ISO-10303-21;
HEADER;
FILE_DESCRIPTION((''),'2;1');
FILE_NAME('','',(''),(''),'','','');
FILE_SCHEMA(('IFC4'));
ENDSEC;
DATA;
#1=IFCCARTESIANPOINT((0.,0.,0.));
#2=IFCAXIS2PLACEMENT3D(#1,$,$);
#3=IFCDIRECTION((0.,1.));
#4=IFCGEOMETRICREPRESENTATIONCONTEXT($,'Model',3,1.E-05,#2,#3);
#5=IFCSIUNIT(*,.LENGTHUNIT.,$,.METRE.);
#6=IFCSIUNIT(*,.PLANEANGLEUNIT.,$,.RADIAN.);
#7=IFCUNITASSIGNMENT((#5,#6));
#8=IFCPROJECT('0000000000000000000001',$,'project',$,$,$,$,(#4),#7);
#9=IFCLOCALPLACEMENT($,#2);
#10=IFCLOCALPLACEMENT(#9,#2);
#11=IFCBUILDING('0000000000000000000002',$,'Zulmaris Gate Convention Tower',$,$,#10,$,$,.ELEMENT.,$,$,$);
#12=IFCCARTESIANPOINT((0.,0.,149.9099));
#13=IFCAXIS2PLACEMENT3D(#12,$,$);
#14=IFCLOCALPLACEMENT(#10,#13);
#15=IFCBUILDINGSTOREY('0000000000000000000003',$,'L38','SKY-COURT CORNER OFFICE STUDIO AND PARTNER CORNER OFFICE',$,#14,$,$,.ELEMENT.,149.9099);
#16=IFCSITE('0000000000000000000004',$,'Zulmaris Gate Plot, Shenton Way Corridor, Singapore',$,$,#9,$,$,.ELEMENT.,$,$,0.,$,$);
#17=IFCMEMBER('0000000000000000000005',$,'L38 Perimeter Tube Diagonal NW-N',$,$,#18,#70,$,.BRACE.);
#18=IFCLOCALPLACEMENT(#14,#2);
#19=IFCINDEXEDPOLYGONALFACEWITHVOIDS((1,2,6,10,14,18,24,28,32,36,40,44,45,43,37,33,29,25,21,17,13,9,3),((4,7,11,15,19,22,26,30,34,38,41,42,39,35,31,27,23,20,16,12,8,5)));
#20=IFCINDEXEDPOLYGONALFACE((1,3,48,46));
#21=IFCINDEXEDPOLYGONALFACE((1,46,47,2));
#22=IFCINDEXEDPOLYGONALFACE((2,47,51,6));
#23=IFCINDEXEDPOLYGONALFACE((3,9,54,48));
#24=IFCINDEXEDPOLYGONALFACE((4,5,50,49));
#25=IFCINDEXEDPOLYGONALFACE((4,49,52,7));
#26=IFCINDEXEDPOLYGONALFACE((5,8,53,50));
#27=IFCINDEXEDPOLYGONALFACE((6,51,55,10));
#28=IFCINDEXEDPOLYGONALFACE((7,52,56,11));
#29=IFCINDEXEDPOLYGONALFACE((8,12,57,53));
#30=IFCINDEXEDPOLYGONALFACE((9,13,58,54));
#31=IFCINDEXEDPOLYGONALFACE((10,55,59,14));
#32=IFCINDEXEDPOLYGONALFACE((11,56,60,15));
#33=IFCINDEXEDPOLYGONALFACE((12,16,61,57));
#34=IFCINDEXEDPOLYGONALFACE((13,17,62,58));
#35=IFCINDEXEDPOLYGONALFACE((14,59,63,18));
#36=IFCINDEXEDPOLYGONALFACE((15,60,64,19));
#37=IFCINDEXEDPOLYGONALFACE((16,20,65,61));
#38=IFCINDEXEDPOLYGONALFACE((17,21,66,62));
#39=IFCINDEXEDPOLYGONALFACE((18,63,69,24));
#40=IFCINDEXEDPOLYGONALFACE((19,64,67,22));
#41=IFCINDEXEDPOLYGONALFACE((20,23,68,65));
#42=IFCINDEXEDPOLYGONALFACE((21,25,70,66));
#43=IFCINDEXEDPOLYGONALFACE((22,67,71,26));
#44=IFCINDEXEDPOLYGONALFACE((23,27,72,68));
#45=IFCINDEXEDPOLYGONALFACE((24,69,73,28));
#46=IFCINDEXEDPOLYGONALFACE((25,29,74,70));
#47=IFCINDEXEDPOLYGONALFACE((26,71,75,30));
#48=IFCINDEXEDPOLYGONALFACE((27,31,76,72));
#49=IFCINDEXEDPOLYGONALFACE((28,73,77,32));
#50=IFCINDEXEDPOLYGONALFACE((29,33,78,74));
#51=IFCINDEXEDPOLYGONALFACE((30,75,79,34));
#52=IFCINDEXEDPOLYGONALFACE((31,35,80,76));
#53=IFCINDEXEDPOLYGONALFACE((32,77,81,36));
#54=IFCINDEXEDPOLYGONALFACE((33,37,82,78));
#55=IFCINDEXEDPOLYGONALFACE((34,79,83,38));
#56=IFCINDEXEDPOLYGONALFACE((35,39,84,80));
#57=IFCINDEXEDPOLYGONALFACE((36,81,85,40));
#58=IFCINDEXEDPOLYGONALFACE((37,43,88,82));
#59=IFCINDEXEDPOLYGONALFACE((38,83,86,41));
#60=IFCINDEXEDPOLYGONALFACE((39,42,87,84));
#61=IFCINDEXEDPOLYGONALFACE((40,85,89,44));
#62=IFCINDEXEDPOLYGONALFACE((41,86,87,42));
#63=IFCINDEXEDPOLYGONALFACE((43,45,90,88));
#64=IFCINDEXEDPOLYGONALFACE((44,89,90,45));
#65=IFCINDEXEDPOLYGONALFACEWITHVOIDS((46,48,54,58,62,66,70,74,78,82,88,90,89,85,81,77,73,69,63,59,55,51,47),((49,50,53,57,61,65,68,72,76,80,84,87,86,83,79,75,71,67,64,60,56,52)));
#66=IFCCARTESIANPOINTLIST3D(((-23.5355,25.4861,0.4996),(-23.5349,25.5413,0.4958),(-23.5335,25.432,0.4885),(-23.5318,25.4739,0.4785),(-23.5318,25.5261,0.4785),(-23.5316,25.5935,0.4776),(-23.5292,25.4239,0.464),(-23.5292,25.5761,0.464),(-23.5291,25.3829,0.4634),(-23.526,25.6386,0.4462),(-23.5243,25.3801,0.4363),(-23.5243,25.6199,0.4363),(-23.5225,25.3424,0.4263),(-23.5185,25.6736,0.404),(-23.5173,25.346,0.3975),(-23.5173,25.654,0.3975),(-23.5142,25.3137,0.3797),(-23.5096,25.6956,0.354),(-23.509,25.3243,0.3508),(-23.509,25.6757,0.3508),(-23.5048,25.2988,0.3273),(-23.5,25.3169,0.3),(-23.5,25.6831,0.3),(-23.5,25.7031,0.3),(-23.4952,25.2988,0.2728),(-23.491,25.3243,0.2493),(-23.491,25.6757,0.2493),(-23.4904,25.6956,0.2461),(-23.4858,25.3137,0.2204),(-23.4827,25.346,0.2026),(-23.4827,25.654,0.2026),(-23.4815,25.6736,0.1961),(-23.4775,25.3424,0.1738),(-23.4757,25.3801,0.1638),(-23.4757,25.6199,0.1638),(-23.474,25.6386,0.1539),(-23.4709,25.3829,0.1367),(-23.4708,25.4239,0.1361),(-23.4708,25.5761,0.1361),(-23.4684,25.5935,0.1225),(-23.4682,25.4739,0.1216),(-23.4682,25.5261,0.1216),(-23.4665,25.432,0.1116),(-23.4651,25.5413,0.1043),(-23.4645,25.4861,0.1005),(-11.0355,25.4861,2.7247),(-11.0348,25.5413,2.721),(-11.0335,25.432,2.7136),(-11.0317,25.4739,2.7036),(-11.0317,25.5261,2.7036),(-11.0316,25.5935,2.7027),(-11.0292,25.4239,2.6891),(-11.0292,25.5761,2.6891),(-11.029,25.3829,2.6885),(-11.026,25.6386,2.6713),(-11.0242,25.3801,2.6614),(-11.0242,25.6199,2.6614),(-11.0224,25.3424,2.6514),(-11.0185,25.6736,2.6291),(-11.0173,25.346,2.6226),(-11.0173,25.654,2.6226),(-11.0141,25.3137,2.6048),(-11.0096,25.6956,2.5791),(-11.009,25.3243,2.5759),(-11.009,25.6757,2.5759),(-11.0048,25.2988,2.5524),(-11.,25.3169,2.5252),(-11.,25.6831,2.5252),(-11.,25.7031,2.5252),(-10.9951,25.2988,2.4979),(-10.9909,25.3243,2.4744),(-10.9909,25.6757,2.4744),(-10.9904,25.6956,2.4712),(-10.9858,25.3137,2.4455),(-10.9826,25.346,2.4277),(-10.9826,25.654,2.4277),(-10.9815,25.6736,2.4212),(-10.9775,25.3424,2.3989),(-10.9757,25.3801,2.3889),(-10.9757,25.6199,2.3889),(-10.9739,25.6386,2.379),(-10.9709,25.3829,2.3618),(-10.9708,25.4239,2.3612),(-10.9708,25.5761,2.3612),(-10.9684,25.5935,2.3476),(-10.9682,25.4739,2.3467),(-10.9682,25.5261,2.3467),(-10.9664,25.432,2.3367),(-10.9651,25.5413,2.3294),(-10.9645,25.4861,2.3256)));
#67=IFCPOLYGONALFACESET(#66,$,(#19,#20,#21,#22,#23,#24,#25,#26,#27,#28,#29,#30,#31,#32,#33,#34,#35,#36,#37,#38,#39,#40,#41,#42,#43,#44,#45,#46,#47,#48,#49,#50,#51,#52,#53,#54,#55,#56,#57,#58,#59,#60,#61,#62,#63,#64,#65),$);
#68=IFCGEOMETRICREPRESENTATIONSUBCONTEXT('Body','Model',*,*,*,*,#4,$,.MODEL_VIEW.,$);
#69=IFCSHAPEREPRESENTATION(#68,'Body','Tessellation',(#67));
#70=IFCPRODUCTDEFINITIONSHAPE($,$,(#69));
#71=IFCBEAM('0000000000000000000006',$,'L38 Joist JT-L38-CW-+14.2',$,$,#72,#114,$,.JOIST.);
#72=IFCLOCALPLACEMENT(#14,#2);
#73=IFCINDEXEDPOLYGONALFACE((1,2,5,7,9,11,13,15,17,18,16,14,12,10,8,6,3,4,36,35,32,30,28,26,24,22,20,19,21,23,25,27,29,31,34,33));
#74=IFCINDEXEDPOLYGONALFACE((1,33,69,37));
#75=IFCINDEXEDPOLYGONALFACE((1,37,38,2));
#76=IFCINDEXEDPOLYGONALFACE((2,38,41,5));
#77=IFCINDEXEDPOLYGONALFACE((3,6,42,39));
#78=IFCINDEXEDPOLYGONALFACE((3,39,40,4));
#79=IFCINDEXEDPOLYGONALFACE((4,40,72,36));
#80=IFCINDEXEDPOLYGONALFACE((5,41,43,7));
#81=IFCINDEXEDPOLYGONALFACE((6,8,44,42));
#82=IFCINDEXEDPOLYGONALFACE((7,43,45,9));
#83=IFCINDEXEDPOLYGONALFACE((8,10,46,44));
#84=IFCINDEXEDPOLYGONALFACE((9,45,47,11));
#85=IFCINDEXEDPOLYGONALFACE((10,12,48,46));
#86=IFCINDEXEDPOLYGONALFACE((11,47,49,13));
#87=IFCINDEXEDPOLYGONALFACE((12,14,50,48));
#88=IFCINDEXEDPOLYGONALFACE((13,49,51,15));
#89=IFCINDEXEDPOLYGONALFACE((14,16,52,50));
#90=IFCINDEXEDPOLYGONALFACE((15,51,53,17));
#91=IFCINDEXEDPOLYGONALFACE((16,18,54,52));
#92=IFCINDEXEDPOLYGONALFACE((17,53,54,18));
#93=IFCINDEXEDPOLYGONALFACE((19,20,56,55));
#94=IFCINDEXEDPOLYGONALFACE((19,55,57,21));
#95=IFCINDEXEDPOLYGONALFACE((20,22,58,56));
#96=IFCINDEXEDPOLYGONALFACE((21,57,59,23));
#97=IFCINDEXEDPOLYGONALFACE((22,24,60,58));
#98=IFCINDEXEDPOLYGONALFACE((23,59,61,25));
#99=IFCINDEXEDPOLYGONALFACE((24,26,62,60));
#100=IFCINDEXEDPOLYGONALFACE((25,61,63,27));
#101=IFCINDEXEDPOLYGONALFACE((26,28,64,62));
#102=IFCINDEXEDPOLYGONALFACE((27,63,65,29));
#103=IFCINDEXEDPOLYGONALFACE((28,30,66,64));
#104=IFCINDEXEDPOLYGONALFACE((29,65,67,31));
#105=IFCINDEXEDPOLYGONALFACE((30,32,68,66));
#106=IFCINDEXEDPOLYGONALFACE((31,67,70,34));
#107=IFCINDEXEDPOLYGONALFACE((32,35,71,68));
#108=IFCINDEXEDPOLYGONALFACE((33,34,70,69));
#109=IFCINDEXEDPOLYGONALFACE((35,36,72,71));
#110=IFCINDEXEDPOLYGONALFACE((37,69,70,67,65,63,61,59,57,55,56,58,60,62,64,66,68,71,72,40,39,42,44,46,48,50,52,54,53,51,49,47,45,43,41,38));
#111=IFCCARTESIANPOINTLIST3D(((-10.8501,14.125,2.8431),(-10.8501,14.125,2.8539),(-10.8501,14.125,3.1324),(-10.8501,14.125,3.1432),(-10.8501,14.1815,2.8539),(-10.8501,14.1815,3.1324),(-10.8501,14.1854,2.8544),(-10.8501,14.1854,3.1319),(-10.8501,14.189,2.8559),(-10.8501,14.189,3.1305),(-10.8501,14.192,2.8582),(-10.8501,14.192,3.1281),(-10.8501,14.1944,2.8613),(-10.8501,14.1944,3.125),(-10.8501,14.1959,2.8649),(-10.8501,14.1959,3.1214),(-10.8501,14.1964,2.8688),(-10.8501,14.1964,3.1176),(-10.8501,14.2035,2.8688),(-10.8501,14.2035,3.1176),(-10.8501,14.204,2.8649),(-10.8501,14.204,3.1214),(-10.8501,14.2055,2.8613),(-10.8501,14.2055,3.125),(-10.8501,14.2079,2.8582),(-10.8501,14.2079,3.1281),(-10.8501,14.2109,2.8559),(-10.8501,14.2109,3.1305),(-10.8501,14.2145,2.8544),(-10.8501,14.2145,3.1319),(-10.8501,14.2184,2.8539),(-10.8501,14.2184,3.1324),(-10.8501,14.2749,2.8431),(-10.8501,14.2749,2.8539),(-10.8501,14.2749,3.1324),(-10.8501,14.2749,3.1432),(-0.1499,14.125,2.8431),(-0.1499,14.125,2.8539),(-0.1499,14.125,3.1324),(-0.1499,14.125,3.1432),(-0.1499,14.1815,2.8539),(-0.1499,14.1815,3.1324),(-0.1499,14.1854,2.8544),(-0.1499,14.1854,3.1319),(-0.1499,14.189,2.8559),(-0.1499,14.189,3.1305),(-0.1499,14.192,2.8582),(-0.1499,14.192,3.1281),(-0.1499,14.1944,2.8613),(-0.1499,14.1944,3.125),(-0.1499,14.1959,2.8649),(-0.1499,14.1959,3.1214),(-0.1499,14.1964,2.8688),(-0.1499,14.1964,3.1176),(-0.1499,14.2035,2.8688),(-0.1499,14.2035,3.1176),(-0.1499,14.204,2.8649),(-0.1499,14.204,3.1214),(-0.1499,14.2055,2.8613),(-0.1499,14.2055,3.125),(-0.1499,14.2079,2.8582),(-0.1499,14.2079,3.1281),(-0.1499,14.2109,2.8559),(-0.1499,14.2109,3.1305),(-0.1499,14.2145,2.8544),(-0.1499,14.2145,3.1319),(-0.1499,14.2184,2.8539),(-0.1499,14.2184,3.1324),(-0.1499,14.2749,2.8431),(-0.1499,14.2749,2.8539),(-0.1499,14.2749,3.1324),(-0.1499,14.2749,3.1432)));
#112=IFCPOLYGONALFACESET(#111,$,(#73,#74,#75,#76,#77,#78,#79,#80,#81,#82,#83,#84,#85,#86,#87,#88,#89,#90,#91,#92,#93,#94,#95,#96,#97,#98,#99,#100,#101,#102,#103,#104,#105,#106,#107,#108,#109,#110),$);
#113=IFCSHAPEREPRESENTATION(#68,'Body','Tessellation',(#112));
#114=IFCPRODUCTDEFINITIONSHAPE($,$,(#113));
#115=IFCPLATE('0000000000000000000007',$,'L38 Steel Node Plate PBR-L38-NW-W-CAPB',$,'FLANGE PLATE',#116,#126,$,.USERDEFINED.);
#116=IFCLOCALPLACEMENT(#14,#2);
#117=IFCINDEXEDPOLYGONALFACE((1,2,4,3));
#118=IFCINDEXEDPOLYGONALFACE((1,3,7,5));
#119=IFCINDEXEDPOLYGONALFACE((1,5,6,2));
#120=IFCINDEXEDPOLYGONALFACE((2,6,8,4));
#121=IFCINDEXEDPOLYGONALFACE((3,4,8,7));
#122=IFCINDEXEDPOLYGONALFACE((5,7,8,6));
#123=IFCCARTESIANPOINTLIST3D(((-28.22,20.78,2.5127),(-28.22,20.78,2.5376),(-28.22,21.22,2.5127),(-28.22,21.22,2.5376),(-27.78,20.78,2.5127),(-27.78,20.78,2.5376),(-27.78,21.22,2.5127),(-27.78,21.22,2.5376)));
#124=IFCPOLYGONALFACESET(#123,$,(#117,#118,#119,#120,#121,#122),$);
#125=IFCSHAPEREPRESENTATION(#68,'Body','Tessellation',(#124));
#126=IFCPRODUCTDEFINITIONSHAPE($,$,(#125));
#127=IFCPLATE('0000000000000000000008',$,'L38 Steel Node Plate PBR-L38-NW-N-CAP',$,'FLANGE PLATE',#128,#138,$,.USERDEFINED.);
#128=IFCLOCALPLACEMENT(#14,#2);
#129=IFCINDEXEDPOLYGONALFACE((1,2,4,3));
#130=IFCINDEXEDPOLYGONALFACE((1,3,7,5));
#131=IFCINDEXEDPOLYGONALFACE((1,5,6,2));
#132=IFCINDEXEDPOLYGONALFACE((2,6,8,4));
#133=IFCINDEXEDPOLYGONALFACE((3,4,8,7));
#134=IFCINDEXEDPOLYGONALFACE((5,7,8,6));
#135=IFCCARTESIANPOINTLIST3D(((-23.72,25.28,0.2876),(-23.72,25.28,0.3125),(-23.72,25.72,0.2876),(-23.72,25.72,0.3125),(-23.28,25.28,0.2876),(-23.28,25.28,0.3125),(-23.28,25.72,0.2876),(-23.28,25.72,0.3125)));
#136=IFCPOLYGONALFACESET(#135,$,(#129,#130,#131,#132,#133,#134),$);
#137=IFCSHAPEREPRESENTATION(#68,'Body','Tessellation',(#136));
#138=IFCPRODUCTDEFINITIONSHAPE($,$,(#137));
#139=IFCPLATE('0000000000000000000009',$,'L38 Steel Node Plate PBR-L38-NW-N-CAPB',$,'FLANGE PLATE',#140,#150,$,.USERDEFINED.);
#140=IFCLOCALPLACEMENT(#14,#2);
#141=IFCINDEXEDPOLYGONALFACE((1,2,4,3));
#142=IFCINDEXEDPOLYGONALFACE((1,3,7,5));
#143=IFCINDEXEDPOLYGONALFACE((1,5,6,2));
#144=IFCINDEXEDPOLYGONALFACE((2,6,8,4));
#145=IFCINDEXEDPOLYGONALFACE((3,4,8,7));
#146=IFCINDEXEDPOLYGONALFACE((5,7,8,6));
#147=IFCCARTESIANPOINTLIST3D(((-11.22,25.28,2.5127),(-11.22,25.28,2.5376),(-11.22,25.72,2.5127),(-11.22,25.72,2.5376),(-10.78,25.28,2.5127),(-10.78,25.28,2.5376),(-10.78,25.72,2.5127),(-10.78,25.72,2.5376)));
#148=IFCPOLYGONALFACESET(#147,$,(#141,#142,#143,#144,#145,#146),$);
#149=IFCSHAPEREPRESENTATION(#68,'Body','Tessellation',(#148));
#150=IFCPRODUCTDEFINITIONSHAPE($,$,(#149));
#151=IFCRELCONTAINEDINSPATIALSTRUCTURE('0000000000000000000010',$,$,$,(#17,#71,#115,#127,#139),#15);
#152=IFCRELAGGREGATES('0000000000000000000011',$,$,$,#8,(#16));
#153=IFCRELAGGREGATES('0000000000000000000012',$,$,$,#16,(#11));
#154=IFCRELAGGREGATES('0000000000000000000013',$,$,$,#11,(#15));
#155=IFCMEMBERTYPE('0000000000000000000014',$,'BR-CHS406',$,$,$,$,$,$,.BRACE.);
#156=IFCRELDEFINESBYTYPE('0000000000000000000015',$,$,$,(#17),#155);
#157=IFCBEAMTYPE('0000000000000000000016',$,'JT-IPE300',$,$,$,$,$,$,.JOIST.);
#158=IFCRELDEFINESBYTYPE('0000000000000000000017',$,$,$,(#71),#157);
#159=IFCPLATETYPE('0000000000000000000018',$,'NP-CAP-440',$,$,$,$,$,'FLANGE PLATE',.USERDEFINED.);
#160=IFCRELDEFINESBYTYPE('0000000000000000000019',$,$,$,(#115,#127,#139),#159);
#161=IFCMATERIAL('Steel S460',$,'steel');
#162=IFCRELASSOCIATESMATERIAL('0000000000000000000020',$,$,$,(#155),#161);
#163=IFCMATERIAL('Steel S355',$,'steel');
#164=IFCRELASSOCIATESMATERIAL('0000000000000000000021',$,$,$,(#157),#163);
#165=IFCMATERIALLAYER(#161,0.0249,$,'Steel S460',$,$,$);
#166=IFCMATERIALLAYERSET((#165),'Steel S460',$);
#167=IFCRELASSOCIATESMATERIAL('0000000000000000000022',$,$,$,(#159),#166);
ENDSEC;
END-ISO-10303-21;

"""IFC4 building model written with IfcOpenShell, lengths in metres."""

from ifc_helpers import new_model, si_unit, direction, frame, origin, origin_2d, place, context, subcontext, project, spatial, rectangle, hollow_circle, i_section, extrude, material, layer, layer_set, material_profile, profile_set, type_object, element, save


model = new_model("IFC4")

# Units and contexts
model_context = context("Model", 3, precision=1e-05, world=origin(), true_north=direction((0.0, 1.0)))
body_context = subcontext(model_context, "Body", "Model", "MODEL_VIEW")
ifc_project = project(units=[si_unit("LENGTHUNIT", "METRE"), si_unit("PLANEANGLEUNIT", "RADIAN")], contexts=[model_context])

# Site, building, storey
site_placement = place(None, origin())
site = spatial("IfcSite", under=ifc_project, at=site_placement, Name="Zulmaris Gate Plot, Shenton Way Corridor, Singapore", CompositionType="ELEMENT", RefElevation=0.0)
building_placement = place(site_placement, origin())
building = spatial("IfcBuilding", under=site, at=building_placement, Name="Zulmaris Gate Convention Tower", CompositionType="ELEMENT")
storey_placement = place(building_placement, frame((0.0, 0.0, 149.9099)))
storey = spatial("IfcBuildingStorey", under=building, at=storey_placement, Name="L38", Description="SKY-COURT CORNER OFFICE STUDIO AND PARTNER CORNER OFFICE", CompositionType="ELEMENT", Elevation=149.9099)

# Shared definitions
ifc_material_1 = material(Name="Steel S355", Category="steel")

# Member
ifc_material_2 = material(Name="Steel S460", Category="steel")
ifc_material_profile_1 = material_profile(ifc_material_2, hollow_circle(Radius=0.2031, WallThickness=0.02, at=origin_2d()), Name="CHS 406.4x20")
ifc_profile_set_1 = profile_set([ifc_material_profile_1], Name="Steel S460")
member_type = type_object("IfcMemberType", Name="BR-CHS406", PredefinedType="BRACE", material=ifc_profile_set_1)
member_placement = place(storey_placement, frame((-23.5, 25.5, 0.3), z_axis=(0.984523, 0.0, 0.175253), x_axis=(0.0, 1.0, 0.0)))
element("IfcMember", 1, at=member_placement, inside=storey, type_object=member_type, Name="L38 Perimeter Tube Diagonal NW-N", PredefinedType="BRACE", context=body_context, shape_type="SweptSolid", body=[
    extrude(hollow_circle(Radius=0.2031, WallThickness=0.02, at=origin_2d()), origin(), (0.0, 0.0, 1.0), 12.6965),
])

# Beam
ifc_material_profile_2 = material_profile(ifc_material_1, i_section(OverallWidth=0.1499, OverallDepth=0.3, WebThickness=0.0071, FlangeThickness=0.0107, FilletRadius=0.0149, at=origin_2d()), Name="IPE 300")
ifc_profile_set_2 = profile_set([ifc_material_profile_2], Name="Steel S355")
beam_type_1 = type_object("IfcBeamType", Name="JT-IPE300", PredefinedType="JOIST", material=ifc_profile_set_2)
beam_1_placement = place(storey_placement, frame((-10.8501, 14.2, 2.9932), z_axis=(1.0, 0.0, 0.0), x_axis=(0.0, 1.0, 0.0)))
element("IfcBeam", 2, at=beam_1_placement, inside=storey, type_object=beam_type_1, Name="L38 Joist JT-L38-CW-+14.2", PredefinedType="JOIST", context=body_context, shape_type="SweptSolid", body=[
    extrude(i_section(OverallWidth=0.1499, OverallDepth=0.3, WebThickness=0.0071, FlangeThickness=0.0107, FilletRadius=0.0149, at=origin_2d()), origin(), (0.0, 0.0, 1.0), 10.7002),
])

# Plates
ifc_layer_1 = layer(ifc_material_2, 0.0249, Name="Steel S460")
ifc_layer_set_1 = layer_set([ifc_layer_1], Name="Steel S460")
plate_type = type_object("IfcPlateType", Name="NP-CAP-440", ElementType="FLANGE PLATE", PredefinedType="USERDEFINED", material=ifc_layer_set_1)
for number, where, z_axis, x_axis, name in (
    (3, (-28.0, 21.0, 2.5127), (0.0, 0.0, 1.0), (1.0, 0.0, 0.0), "L38 Steel Node Plate PBR-L38-NW-W-CAPB"),
    (4, (-23.5, 25.5, 0.2876), (0.0, 0.0, 1.0), (1.0, 0.0, 0.0), "L38 Steel Node Plate PBR-L38-NW-N-CAP"),
    (5, (-11.0, 25.5, 2.5127), (0.0, 0.0, 1.0), (1.0, 0.0, 0.0), "L38 Steel Node Plate PBR-L38-NW-N-CAPB"),
):
    element("IfcPlate", number, at=place(storey_placement, frame(where, z_axis=z_axis, x_axis=x_axis)), inside=storey, type_object=plate_type, Name=name, ObjectType="FLANGE PLATE", PredefinedType="USERDEFINED", context=body_context, shape_type="SweptSolid", body=[
        extrude(rectangle(XDim=0.4399, YDim=0.4399, at=origin_2d()), origin(), (0.0, 0.0, 1.0), 0.0249),
    ])

save(model, "model.ifc")
